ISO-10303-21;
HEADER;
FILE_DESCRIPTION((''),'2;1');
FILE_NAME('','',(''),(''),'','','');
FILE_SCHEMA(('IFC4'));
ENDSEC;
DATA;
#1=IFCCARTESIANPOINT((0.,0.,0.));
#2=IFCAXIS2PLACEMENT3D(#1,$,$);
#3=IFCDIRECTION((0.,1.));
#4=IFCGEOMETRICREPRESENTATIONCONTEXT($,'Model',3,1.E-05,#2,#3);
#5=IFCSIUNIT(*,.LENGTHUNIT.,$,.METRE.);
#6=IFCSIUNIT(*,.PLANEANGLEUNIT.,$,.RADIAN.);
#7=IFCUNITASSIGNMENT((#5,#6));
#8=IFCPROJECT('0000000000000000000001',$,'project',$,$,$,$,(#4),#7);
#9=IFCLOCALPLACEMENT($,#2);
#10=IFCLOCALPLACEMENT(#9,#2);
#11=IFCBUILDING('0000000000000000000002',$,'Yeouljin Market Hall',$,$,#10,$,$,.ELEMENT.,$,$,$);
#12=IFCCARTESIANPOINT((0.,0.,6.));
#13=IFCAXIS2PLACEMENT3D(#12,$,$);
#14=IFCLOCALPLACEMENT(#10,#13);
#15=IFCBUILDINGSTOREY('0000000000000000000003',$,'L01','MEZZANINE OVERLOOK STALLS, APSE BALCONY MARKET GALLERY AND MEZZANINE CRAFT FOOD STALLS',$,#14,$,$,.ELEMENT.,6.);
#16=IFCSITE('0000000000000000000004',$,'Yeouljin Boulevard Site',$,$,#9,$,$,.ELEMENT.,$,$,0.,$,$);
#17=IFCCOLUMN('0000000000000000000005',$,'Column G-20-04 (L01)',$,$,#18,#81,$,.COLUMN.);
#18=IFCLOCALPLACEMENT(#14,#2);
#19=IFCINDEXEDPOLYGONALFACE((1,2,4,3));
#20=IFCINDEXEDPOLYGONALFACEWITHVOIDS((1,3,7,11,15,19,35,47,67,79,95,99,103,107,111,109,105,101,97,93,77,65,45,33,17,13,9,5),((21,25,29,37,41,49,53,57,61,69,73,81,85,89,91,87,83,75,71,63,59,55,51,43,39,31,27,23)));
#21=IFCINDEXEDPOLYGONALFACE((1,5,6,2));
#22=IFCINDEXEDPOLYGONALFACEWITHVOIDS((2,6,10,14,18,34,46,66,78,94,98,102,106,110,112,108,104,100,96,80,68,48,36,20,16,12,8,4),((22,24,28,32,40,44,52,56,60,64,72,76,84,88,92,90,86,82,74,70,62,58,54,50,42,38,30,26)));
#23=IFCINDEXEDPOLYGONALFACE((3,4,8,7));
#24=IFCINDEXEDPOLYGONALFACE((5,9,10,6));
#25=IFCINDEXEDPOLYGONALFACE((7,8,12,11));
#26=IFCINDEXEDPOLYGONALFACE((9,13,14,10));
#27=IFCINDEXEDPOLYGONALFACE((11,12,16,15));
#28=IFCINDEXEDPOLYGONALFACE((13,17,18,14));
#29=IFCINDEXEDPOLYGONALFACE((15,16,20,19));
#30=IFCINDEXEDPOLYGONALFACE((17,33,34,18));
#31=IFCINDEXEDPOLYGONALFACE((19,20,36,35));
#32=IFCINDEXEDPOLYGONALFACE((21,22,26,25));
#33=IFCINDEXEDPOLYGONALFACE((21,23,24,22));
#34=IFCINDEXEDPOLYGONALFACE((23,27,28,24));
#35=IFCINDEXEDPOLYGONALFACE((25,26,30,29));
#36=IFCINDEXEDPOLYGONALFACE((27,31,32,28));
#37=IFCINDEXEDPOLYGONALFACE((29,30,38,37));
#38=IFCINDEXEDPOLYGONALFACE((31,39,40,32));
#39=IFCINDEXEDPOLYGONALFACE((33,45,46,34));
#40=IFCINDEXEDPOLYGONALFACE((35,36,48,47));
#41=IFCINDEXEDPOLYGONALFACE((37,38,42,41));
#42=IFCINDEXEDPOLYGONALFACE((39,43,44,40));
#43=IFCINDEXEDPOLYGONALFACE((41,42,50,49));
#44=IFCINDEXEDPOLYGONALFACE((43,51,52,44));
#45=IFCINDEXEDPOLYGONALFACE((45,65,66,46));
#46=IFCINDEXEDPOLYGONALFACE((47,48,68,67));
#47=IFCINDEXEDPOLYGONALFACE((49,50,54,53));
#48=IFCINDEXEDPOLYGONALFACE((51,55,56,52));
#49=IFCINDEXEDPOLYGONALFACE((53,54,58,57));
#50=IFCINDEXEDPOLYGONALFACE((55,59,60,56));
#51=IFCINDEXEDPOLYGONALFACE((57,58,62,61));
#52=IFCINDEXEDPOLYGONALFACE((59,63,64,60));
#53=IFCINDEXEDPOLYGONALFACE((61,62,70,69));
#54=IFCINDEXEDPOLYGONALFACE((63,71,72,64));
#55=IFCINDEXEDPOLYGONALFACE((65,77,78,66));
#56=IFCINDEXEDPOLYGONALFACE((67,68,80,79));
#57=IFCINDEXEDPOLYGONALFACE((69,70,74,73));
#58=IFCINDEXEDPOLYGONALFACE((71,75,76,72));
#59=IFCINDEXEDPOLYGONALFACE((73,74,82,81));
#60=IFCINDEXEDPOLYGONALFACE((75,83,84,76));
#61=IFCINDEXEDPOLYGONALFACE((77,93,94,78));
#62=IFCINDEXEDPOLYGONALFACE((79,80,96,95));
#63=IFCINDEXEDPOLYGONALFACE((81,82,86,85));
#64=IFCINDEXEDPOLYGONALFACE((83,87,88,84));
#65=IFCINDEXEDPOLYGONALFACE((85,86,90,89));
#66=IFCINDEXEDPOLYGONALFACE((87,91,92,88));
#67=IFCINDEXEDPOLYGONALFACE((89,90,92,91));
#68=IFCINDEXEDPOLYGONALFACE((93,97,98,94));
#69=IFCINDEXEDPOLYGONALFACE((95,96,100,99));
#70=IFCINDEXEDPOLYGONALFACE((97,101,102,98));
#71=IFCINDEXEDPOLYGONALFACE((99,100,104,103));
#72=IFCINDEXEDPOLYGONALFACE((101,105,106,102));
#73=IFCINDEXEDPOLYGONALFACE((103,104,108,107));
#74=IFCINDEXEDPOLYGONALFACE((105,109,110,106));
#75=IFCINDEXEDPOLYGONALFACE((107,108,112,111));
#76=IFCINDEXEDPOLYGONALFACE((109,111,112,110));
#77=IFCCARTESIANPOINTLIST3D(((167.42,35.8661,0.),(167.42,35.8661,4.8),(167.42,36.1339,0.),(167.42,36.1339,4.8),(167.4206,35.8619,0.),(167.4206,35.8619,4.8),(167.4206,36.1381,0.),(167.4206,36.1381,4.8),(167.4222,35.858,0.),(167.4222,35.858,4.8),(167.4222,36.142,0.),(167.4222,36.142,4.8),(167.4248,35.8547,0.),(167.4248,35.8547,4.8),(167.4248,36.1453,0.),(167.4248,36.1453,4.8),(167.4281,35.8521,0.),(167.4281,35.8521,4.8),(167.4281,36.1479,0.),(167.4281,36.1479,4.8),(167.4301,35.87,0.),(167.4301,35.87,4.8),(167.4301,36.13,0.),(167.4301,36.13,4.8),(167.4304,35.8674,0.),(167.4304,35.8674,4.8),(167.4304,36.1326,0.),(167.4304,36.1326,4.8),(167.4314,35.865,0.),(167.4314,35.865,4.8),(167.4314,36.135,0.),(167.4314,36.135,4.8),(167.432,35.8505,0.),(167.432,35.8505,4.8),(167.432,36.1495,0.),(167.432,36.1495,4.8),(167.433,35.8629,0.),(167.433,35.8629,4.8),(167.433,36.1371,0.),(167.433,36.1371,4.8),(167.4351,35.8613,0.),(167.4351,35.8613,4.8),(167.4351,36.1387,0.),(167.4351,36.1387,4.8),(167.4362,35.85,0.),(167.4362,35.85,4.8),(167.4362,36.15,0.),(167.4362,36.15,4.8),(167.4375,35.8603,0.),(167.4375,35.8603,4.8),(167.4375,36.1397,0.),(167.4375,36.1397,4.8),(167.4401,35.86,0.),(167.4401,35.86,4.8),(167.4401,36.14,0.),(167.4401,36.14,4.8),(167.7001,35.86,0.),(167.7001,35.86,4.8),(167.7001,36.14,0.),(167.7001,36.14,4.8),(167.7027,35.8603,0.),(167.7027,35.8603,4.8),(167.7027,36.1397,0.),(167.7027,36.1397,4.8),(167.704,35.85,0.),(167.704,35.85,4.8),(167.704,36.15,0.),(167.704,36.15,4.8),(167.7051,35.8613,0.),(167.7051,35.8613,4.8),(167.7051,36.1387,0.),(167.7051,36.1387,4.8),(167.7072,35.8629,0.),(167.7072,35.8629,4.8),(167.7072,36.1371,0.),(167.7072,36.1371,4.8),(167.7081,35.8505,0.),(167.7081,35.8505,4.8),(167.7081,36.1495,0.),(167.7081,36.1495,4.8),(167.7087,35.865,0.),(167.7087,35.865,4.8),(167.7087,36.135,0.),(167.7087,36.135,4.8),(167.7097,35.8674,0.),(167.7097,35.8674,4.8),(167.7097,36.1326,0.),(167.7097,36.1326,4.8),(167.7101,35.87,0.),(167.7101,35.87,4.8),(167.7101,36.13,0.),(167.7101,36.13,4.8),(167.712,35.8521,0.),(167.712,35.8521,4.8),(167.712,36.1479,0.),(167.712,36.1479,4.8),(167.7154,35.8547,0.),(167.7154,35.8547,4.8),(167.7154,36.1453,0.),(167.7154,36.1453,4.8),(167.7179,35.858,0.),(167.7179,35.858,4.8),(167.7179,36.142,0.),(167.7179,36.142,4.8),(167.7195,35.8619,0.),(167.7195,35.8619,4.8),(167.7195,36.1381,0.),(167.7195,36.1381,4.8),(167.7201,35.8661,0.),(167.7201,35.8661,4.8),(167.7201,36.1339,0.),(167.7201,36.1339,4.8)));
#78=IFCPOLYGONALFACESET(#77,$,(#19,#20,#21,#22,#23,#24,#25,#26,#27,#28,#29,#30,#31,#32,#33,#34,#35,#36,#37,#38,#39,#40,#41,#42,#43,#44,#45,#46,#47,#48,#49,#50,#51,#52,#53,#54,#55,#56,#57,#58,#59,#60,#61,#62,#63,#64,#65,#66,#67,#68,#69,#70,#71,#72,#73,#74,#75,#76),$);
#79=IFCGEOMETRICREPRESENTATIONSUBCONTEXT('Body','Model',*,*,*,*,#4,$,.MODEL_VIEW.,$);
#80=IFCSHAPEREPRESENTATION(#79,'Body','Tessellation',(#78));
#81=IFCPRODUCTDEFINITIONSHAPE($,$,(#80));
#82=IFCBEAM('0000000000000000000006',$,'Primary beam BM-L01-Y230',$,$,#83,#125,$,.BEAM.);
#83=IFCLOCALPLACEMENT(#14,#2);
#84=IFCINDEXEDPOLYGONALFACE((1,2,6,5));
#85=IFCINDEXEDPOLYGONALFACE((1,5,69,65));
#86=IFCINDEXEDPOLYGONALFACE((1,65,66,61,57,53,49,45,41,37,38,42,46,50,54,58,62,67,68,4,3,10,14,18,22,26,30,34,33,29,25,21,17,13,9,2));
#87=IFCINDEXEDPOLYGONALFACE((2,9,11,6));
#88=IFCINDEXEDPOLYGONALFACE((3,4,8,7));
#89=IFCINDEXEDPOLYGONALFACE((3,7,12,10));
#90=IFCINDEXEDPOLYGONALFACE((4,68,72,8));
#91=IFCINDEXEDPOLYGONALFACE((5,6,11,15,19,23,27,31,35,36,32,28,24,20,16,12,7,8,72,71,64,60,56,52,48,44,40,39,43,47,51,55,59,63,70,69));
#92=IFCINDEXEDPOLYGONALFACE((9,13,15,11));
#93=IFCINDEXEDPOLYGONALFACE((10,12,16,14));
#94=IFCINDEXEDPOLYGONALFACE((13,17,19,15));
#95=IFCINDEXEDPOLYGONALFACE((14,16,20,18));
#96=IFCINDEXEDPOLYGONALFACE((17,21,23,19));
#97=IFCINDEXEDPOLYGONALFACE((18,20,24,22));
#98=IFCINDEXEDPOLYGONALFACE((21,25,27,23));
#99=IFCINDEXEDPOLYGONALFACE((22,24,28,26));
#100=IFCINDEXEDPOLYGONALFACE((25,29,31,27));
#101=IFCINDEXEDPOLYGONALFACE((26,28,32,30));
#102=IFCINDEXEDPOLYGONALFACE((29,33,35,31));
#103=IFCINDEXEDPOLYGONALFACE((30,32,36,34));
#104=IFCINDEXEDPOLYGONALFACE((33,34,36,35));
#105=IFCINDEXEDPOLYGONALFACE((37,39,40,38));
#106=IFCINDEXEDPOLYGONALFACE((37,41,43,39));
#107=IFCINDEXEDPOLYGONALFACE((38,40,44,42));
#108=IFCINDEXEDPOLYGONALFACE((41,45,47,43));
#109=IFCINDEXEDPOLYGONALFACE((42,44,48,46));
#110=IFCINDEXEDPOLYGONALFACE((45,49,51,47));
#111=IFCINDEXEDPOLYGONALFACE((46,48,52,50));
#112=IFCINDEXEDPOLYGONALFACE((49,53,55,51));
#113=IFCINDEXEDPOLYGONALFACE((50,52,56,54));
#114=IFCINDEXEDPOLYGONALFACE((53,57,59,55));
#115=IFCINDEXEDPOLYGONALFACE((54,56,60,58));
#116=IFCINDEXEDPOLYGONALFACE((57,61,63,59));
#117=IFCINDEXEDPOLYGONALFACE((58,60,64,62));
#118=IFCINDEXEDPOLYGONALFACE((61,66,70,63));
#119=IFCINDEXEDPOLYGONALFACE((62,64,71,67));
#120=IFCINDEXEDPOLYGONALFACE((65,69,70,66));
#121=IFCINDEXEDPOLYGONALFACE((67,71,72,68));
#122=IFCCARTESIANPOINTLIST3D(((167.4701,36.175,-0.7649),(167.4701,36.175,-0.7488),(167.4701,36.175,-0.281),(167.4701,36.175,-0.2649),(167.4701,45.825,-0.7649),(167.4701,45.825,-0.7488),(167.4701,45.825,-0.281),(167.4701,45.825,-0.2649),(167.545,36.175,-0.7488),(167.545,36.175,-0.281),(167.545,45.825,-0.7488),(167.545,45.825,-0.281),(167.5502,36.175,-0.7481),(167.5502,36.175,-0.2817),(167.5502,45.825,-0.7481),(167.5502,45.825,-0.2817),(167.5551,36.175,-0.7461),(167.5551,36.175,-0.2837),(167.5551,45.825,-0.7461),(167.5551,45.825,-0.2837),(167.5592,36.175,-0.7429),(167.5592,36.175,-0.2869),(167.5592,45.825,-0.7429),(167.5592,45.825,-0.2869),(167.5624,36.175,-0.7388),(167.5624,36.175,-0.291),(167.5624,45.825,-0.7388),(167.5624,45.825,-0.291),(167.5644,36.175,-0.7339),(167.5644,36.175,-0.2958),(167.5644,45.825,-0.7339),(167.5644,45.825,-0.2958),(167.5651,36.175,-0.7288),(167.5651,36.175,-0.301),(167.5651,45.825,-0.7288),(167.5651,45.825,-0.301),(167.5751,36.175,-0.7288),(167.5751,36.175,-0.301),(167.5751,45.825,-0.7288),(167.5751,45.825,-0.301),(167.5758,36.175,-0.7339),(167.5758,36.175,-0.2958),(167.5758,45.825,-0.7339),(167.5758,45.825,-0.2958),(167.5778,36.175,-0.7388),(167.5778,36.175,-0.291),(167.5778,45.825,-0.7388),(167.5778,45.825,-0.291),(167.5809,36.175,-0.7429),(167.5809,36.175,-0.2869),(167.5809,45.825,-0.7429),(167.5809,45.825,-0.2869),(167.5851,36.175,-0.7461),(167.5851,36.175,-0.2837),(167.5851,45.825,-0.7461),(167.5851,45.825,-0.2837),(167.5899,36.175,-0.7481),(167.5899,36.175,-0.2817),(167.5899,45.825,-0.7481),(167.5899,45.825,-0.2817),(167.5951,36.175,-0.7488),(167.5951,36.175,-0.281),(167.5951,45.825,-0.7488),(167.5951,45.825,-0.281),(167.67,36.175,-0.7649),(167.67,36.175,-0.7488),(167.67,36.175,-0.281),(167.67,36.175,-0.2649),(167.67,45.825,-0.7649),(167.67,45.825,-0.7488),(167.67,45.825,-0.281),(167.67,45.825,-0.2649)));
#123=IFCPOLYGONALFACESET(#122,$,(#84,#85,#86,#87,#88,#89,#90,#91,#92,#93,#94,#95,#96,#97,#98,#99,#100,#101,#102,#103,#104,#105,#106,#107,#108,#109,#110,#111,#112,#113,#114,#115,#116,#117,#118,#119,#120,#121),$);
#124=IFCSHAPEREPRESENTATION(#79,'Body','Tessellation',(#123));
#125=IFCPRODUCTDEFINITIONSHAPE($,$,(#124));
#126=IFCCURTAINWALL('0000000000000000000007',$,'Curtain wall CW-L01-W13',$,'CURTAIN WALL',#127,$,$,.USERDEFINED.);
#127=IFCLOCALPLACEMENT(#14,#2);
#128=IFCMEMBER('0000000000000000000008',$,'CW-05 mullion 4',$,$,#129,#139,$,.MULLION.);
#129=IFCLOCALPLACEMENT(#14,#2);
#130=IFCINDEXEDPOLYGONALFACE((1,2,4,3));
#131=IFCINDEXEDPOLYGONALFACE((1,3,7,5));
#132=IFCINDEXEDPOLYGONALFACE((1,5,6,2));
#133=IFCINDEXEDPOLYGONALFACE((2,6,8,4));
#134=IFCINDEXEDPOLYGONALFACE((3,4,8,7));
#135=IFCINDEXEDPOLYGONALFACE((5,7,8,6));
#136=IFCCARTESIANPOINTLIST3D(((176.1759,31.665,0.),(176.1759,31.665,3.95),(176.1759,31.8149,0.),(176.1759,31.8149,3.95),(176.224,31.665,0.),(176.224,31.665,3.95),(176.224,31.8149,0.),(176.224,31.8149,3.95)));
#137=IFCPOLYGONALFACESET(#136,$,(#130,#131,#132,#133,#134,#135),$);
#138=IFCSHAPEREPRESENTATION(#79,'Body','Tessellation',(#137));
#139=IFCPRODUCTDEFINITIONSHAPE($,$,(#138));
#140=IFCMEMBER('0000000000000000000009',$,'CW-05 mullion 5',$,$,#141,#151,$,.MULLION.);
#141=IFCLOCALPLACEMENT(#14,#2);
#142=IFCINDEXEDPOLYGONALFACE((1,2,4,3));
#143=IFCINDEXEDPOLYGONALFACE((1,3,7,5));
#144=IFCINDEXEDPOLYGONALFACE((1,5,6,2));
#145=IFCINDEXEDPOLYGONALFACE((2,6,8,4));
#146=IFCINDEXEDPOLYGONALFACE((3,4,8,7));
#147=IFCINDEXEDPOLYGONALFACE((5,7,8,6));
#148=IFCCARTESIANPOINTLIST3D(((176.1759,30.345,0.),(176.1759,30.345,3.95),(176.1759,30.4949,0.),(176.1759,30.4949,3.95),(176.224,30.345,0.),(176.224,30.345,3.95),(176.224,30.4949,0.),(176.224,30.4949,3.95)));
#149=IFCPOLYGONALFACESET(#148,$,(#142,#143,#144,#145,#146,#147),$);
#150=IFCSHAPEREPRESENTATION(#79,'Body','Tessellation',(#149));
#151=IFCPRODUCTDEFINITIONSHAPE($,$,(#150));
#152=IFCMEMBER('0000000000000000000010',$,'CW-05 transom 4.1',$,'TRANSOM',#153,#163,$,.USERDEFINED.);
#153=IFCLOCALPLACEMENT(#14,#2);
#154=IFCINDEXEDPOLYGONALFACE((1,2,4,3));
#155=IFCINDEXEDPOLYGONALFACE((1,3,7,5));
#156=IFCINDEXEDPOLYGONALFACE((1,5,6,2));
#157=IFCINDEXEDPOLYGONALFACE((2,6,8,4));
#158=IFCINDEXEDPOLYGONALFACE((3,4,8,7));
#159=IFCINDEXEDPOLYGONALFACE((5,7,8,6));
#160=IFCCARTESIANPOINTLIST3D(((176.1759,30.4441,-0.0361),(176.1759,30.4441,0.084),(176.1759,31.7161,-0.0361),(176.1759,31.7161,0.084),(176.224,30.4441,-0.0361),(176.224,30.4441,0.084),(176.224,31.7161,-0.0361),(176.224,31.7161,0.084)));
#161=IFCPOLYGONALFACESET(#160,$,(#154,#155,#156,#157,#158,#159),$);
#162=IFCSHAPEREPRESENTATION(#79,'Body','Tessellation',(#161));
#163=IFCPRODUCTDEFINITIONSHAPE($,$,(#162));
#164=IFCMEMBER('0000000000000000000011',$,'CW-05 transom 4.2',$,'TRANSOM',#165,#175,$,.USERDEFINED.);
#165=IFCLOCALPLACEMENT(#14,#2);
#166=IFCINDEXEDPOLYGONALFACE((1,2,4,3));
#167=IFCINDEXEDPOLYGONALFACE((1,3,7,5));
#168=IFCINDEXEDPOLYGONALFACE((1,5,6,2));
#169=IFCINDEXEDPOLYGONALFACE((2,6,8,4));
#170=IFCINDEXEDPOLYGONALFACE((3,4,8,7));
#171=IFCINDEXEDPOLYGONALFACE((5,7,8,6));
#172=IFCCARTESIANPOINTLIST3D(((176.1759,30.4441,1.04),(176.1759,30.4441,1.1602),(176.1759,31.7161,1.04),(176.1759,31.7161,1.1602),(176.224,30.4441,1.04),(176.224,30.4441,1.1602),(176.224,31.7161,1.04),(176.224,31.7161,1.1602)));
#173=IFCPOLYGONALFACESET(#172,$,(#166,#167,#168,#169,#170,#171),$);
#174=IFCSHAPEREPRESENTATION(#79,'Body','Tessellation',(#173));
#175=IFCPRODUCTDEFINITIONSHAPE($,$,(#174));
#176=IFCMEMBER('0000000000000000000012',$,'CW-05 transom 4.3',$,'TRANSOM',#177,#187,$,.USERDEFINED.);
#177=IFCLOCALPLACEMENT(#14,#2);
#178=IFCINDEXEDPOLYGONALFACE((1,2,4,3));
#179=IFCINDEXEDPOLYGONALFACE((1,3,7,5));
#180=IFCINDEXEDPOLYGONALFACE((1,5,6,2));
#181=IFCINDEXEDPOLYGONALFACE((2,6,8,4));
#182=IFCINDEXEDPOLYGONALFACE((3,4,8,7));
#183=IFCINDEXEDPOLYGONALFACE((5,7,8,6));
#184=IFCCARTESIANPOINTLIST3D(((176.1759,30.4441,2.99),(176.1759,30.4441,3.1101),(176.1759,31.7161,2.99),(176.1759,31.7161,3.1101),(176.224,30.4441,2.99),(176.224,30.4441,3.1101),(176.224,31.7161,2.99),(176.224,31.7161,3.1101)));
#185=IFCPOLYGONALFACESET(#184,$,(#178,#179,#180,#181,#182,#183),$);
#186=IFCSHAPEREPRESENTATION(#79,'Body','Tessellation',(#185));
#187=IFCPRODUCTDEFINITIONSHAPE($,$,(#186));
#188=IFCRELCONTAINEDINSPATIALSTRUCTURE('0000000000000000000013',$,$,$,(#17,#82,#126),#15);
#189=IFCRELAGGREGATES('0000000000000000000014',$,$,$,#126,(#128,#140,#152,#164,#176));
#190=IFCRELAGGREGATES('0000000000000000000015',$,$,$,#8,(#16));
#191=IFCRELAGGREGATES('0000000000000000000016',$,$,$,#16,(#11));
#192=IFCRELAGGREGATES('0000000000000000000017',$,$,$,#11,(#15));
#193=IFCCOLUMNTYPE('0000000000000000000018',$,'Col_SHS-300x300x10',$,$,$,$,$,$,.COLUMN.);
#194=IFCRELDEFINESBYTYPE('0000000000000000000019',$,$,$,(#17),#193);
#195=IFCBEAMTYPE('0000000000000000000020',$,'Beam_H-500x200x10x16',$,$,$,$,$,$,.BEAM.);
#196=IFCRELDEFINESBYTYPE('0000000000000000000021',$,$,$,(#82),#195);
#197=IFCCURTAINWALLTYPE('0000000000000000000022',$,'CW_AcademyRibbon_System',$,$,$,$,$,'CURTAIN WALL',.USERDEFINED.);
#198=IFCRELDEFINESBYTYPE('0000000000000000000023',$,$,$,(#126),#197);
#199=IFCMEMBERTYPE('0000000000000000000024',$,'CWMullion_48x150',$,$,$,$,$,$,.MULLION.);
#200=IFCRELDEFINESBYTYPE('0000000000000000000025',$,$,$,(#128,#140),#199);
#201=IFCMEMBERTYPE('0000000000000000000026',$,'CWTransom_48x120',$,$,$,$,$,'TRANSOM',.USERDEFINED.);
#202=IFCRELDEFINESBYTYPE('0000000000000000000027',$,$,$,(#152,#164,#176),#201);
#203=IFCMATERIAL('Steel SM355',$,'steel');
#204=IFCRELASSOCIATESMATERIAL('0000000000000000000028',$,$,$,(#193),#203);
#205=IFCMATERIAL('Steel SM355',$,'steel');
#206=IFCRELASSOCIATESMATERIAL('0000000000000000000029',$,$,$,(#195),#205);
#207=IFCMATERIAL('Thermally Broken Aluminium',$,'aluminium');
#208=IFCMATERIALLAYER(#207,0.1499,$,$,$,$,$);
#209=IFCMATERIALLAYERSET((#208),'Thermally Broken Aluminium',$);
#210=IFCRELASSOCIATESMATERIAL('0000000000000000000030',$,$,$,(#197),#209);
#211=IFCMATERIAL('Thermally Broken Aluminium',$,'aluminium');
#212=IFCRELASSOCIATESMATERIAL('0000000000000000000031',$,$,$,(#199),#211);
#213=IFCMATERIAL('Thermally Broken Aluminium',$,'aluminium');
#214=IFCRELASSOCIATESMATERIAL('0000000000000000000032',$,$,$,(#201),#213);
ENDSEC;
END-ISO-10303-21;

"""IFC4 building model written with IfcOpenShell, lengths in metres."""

from ifc_helpers import new_model, si_unit, direction, frame, origin, origin_2d, place, context, subcontext, project, spatial, rectangle, hollow_rectangle, i_section, extrude, material, layer, layer_set, material_profile, profile_set, type_object, element, aggregate, save


model = new_model("IFC4")

# Units and contexts
model_context = context("Model", 3, precision=1e-05, world=origin(), true_north=direction((0.0, 1.0)))
body_context = subcontext(model_context, "Body", "Model", "MODEL_VIEW")
ifc_project = project(units=[si_unit("LENGTHUNIT", "METRE"), si_unit("PLANEANGLEUNIT", "RADIAN")], contexts=[model_context])

# Site, building, storey
site_placement = place(None, origin())
site = spatial("IfcSite", under=ifc_project, at=site_placement, Name="Yeouljin Boulevard Site", CompositionType="ELEMENT", RefElevation=0.0)
building_placement = place(site_placement, origin())
building = spatial("IfcBuilding", under=site, at=building_placement, Name="Yeouljin Market Hall", CompositionType="ELEMENT")
storey_placement = place(building_placement, frame((0.0, 0.0, 6.0)))
storey = spatial("IfcBuildingStorey", under=building, at=storey_placement, Name="L01", Description="MEZZANINE OVERLOOK STALLS, APSE BALCONY MARKET GALLERY AND MEZZANINE CRAFT FOOD STALLS", CompositionType="ELEMENT", Elevation=6.0)

# Column
ifc_material_1 = material(Name="Steel SM355", Category="steel")
ifc_material_profile_1 = material_profile(ifc_material_1, hollow_rectangle(XDim=0.3, YDim=0.3, WallThickness=0.01, InnerFilletRadius=0.01, OuterFilletRadius=0.0161, at=origin_2d()), Name="SHS-300x300x10")
ifc_profile_set_1 = profile_set([ifc_material_profile_1], Name="Steel SM355")
column_type = type_object("IfcColumnType", Name="Col_SHS-300x300x10", PredefinedType="COLUMN", material=ifc_profile_set_1)
column_placement = place(storey_placement, frame((167.5701, 36.0, 0.0), z_axis=(0.0, 0.0, 1.0), x_axis=(1.0, 0.0, 0.0)))
element("IfcColumn", 1, at=column_placement, inside=storey, type_object=column_type, Name="Column G-20-04 (L01)", PredefinedType="COLUMN", context=body_context, shape_type="SweptSolid", body=[
    extrude(hollow_rectangle(XDim=0.3, YDim=0.3, WallThickness=0.01, InnerFilletRadius=0.01, OuterFilletRadius=0.0161, at=origin_2d()), origin(), (0.0, 0.0, 1.0), 4.8),
])

# Beam
ifc_material_2 = material(Name="Steel SM355", Category="steel")
ifc_material_profile_2 = material_profile(ifc_material_2, i_section(OverallWidth=0.2, OverallDepth=0.5, WebThickness=0.01, FlangeThickness=0.0161, FilletRadius=0.02, at=origin_2d()), Name="H-500x200x10x16")
ifc_profile_set_2 = profile_set([ifc_material_profile_2], Name="Steel SM355")
beam_type_1 = type_object("IfcBeamType", Name="Beam_H-500x200x10x16", PredefinedType="BEAM", material=ifc_profile_set_2)
beam_1_placement = place(storey_placement, frame((167.5701, 36.175, -0.5149), z_axis=(0.0, 1.0, 0.0), x_axis=(-1.0, 0.0, 0.0)))
element("IfcBeam", 2, at=beam_1_placement, inside=storey, type_object=beam_type_1, Name="Primary beam BM-L01-Y230", PredefinedType="BEAM", context=body_context, shape_type="SweptSolid", body=[
    extrude(i_section(OverallWidth=0.2, OverallDepth=0.5, WebThickness=0.01, FlangeThickness=0.0161, FilletRadius=0.02, at=origin_2d()), origin(), (0.0, 0.0, 1.0), 9.6499),
])

# Curtain wall, members
ifc_material_3 = material(Name="Thermally Broken Aluminium", Category="aluminium")
ifc_layer_1 = layer(ifc_material_3, 0.1499)
ifc_layer_set_1 = layer_set([ifc_layer_1], Name="Thermally Broken Aluminium")
curtain_wall_type = type_object("IfcCurtainWallType", Name="CW_AcademyRibbon_System", ElementType="CURTAIN WALL", PredefinedType="USERDEFINED", material=ifc_layer_set_1)
curtain_wall_placement = place(storey_placement, origin())
curtain_wall = element("IfcCurtainWall", 3, at=curtain_wall_placement, inside=storey, type_object=curtain_wall_type, Name="Curtain wall CW-L01-W13", ObjectType="CURTAIN WALL", PredefinedType="USERDEFINED")
ifc_material_4 = material(Name="Thermally Broken Aluminium", Category="aluminium")
ifc_material_profile_3 = material_profile(ifc_material_4, rectangle(XDim=0.0481, YDim=0.1499, at=origin_2d()), Name="CW-MULL-48x150")
ifc_profile_set_3 = profile_set([ifc_material_profile_3], Name="Thermally Broken Aluminium")
member_type_1 = type_object("IfcMemberType", Name="CWMullion_48x150", PredefinedType="MULLION", material=ifc_profile_set_3)
member_1_placement = place(storey_placement, frame((176.2, 31.74, 0.0), z_axis=(0.0, 0.0, 1.0), x_axis=(1.0, 0.0, 0.0)))
member_1 = element("IfcMember", 4, at=member_1_placement, type_object=member_type_1, Name="CW-05 mullion 4", PredefinedType="MULLION", context=body_context, shape_type="SweptSolid", body=[
    extrude(rectangle(XDim=0.0481, YDim=0.1499, at=origin_2d()), origin(), (0.0, 0.0, 1.0), 3.95),
])
member_2_placement = place(storey_placement, frame((176.2, 30.4199, 0.0), z_axis=(0.0, 0.0, 1.0), x_axis=(1.0, 0.0, 0.0)))
member_2 = element("IfcMember", 5, at=member_2_placement, type_object=member_type_1, Name="CW-05 mullion 5", PredefinedType="MULLION", context=body_context, shape_type="SweptSolid", body=[
    extrude(rectangle(XDim=0.0481, YDim=0.1499, at=origin_2d()), origin(), (0.0, 0.0, 1.0), 3.95),
])
ifc_material_5 = material(Name="Thermally Broken Aluminium", Category="aluminium")
ifc_material_profile_4 = material_profile(ifc_material_5, rectangle(XDim=0.0481, YDim=0.1201, at=origin_2d()), Name="CW-TRAN-48x120")
ifc_profile_set_4 = profile_set([ifc_material_profile_4], Name="Thermally Broken Aluminium")
member_type_2 = type_object("IfcMemberType", Name="CWTransom_48x120", ElementType="TRANSOM", PredefinedType="USERDEFINED", material=ifc_profile_set_4)
member_3_placement = place(storey_placement, frame((176.2, 31.7161, 0.0239), z_axis=(0.0, -1.0, 0.0), x_axis=(1.0, 0.0, 0.0)))
member_3 = element("IfcMember", 6, at=member_3_placement, type_object=member_type_2, Name="CW-05 transom 4.1", ObjectType="TRANSOM", PredefinedType="USERDEFINED", context=body_context, shape_type="SweptSolid", body=[
    extrude(rectangle(XDim=0.0481, YDim=0.1201, at=origin_2d()), origin(), (0.0, 0.0, 1.0), 1.272),
])
member_4_placement = place(storey_placement, frame((176.2, 31.7161, 1.1001), z_axis=(0.0, -1.0, 0.0), x_axis=(1.0, 0.0, 0.0)))
member_4 = element("IfcMember", 7, at=member_4_placement, type_object=member_type_2, Name="CW-05 transom 4.2", ObjectType="TRANSOM", PredefinedType="USERDEFINED", context=body_context, shape_type="SweptSolid", body=[
    extrude(rectangle(XDim=0.0481, YDim=0.1201, at=origin_2d()), origin(), (0.0, 0.0, 1.0), 1.272),
])
member_5_placement = place(storey_placement, frame((176.2, 31.7161, 3.05), z_axis=(0.0, -1.0, 0.0), x_axis=(1.0, 0.0, 0.0)))
member_5 = element("IfcMember", 8, at=member_5_placement, type_object=member_type_2, Name="CW-05 transom 4.3", ObjectType="TRANSOM", PredefinedType="USERDEFINED", context=body_context, shape_type="SweptSolid", body=[
    extrude(rectangle(XDim=0.0481, YDim=0.1201, at=origin_2d()), origin(), (0.0, 0.0, 1.0), 1.272),
])

aggregate(curtain_wall, [member_1, member_2, member_3, member_4, member_5])

save(model, "model.ifc")
